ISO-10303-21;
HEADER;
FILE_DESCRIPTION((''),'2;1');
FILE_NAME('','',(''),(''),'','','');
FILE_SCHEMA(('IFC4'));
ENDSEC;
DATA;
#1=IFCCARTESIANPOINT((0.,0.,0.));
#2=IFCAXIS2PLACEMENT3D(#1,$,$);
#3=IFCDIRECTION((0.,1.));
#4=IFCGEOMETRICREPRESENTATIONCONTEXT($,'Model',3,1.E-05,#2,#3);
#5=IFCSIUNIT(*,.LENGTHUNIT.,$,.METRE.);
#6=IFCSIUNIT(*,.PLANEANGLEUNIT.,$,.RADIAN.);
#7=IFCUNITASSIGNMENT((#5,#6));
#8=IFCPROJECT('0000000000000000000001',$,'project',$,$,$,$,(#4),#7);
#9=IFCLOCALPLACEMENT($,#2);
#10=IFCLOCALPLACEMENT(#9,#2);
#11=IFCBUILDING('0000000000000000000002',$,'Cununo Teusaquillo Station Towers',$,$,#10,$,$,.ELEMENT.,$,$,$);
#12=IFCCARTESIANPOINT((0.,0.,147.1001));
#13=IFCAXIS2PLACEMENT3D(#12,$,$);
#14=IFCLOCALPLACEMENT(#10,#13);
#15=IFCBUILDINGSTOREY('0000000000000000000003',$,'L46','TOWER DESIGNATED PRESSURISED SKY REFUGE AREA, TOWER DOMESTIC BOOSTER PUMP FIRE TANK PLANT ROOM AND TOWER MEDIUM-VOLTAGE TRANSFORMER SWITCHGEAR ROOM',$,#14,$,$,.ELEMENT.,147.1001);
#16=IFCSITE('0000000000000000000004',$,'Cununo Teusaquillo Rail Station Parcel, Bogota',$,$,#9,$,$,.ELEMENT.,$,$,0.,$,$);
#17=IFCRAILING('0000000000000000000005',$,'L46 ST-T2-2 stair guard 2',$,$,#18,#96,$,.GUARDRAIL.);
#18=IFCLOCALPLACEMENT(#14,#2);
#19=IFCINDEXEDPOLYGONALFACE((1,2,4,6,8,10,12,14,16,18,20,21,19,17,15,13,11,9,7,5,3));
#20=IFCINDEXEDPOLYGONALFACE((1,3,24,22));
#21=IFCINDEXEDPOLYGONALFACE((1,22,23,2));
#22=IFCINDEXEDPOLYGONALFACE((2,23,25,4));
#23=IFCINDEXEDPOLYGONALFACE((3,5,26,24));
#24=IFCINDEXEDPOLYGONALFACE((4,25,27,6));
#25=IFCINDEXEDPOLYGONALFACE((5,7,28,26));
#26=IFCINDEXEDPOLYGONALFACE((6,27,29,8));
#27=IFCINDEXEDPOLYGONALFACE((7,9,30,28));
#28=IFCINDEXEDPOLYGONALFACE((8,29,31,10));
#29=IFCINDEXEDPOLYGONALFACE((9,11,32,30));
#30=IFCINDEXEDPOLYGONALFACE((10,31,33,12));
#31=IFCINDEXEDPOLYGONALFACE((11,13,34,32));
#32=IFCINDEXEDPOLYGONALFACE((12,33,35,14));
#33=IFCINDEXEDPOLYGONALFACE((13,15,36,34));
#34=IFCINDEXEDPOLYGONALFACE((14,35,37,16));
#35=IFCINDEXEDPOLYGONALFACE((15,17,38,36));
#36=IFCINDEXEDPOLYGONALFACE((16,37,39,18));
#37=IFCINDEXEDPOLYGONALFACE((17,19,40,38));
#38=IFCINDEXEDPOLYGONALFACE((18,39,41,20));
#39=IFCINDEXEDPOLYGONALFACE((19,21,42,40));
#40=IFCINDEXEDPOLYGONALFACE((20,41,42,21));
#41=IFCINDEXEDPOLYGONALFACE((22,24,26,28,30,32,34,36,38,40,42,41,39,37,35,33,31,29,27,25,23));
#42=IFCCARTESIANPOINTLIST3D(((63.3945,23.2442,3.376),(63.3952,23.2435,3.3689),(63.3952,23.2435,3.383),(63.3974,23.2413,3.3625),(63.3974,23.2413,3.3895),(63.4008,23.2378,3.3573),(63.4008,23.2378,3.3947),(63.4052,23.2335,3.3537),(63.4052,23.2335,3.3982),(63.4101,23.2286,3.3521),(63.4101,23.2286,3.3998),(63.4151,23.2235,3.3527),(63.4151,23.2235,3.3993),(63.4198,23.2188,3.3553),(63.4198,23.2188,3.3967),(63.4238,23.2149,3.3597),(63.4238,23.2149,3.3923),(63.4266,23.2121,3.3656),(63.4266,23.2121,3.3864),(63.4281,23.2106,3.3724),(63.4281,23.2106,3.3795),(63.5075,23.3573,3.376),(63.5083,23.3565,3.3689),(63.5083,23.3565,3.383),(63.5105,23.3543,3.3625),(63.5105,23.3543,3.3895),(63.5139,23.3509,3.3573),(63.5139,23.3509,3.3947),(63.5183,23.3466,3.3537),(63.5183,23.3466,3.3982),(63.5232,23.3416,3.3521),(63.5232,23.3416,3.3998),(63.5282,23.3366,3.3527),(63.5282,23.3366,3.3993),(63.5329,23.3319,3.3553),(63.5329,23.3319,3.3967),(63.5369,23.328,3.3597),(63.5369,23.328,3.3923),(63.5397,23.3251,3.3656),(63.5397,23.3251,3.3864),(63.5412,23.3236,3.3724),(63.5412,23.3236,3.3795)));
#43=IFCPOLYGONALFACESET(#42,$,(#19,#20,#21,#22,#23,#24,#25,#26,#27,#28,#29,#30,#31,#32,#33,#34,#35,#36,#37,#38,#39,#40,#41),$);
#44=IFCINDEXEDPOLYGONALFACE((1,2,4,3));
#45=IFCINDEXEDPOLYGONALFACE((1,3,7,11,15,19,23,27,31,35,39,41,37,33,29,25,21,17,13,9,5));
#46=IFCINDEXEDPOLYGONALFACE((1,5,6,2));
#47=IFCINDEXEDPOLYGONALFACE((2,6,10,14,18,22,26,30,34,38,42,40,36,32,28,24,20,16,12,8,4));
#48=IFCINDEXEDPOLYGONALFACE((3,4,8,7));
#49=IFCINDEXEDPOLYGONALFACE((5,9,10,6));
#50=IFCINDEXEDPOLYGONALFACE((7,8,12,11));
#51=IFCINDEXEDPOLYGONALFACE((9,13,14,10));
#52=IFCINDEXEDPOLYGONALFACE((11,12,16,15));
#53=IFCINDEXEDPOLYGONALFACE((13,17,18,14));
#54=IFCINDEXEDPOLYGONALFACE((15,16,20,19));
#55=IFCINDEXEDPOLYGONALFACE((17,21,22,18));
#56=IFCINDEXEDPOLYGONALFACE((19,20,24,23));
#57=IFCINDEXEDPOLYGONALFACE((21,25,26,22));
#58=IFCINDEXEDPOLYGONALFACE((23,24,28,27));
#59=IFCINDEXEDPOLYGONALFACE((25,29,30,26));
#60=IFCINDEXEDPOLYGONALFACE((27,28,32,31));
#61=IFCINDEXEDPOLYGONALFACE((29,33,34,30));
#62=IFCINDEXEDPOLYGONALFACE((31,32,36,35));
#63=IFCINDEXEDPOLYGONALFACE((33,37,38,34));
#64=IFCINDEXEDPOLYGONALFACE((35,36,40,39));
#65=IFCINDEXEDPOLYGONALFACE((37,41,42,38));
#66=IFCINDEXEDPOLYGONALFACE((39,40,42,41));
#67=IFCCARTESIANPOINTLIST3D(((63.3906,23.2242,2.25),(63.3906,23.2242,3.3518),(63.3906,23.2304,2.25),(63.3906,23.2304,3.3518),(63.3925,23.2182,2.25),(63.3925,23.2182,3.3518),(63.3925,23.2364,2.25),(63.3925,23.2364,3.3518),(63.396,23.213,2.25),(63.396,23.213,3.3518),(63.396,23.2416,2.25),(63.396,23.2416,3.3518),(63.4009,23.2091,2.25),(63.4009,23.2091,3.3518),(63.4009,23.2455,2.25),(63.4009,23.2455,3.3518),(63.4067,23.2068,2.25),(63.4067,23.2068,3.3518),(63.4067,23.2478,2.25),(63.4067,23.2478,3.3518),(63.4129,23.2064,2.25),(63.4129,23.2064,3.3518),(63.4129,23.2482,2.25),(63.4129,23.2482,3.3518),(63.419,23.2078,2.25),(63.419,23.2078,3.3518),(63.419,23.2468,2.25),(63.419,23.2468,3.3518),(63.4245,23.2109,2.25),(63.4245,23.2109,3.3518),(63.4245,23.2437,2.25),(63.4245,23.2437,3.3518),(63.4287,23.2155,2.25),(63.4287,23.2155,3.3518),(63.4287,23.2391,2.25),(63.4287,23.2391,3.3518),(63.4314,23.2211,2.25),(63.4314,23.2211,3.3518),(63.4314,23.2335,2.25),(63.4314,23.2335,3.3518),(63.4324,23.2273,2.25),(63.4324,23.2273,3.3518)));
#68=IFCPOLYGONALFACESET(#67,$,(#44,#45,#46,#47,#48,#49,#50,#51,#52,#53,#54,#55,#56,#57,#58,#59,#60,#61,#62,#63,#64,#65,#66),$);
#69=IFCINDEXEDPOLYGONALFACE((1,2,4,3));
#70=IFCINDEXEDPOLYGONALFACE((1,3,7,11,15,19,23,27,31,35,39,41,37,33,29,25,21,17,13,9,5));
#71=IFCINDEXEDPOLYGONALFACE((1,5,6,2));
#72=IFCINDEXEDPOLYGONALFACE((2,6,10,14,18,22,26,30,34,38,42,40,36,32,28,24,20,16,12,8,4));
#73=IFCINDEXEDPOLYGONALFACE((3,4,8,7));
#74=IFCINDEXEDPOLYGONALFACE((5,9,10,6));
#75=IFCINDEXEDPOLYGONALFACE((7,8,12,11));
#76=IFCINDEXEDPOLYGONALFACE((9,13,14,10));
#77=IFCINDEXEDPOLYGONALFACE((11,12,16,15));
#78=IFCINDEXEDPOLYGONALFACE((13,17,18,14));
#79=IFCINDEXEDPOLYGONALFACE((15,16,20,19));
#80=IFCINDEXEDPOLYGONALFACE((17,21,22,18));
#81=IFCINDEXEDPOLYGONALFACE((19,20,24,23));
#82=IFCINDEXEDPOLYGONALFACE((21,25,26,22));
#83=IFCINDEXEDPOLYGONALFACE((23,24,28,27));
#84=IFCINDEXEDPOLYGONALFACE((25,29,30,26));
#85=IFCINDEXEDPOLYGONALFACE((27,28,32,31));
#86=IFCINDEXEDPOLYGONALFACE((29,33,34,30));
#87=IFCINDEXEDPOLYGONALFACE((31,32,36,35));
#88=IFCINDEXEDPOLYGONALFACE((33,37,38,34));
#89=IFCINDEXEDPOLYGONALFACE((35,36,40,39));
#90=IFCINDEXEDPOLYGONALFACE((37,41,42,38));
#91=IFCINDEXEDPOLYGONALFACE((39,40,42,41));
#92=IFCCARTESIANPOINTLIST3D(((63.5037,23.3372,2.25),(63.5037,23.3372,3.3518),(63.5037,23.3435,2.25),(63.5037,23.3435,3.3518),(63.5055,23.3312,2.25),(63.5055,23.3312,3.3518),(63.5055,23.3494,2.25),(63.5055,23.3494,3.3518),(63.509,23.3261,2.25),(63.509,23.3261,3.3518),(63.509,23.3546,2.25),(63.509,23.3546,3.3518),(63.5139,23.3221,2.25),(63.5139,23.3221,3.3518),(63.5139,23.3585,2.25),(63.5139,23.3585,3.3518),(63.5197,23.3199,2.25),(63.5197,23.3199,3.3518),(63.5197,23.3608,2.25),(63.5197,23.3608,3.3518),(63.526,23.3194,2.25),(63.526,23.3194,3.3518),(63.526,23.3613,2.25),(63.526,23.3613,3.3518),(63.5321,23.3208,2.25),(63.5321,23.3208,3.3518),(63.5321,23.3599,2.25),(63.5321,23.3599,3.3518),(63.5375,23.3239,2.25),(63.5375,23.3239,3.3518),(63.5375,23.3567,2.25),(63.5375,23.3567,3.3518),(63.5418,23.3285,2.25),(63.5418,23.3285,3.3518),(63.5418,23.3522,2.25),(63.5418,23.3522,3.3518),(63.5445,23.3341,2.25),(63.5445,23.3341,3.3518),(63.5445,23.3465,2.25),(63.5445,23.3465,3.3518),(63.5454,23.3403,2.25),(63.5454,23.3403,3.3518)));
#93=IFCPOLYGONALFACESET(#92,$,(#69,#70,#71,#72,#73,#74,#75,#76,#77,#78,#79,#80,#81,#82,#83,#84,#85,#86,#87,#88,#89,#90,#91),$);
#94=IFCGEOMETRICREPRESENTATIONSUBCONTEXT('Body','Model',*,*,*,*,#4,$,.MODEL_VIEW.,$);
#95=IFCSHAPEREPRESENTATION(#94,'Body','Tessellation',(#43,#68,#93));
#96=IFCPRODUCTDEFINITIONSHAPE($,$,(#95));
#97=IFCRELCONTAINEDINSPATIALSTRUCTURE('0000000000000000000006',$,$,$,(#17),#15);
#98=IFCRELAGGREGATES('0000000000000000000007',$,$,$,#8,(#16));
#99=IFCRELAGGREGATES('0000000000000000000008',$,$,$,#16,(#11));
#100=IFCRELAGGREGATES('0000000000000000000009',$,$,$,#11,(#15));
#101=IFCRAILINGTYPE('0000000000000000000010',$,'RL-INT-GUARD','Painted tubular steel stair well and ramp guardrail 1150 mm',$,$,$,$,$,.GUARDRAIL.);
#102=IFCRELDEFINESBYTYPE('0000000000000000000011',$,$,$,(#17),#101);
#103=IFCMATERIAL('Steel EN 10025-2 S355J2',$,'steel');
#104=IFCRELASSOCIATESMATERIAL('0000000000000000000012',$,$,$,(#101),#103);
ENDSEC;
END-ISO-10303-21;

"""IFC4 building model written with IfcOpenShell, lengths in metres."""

from ifc_helpers import new_model, si_unit, direction, frame, origin, origin_2d, place, context, subcontext, project, spatial, circle, extrude, material, type_object, element, save


model = new_model("IFC4")

# Units and contexts
model_context = context("Model", 3, precision=1e-05, world=origin(), true_north=direction((0.0, 1.0)))
body_context = subcontext(model_context, "Body", "Model", "MODEL_VIEW")
ifc_project = project(units=[si_unit("LENGTHUNIT", "METRE"), si_unit("PLANEANGLEUNIT", "RADIAN")], contexts=[model_context])

# Site, building, storey
site_placement = place(None, origin())
site = spatial("IfcSite", under=ifc_project, at=site_placement, Name="Cununo Teusaquillo Rail Station Parcel, Bogota", CompositionType="ELEMENT", RefElevation=0.0)
building_placement = place(site_placement, origin())
building = spatial("IfcBuilding", under=site, at=building_placement, Name="Cununo Teusaquillo Station Towers", CompositionType="ELEMENT")
storey_placement = place(building_placement, frame((0.0, 0.0, 147.1001)))
storey = spatial("IfcBuildingStorey", under=building, at=storey_placement, Name="L46", Description="TOWER DESIGNATED PRESSURISED SKY REFUGE AREA, TOWER DOMESTIC BOOSTER PUMP FIRE TANK PLANT ROOM AND TOWER MEDIUM-VOLTAGE TRANSFORMER SWITCHGEAR ROOM", CompositionType="ELEMENT", Elevation=147.1001)

# Railing
ifc_material_1 = material(Name="Steel EN 10025-2 S355J2", Category="steel")
railing_type_1 = type_object("IfcRailingType", Name="RL-INT-GUARD", Description="Painted tubular steel stair well and ramp guardrail 1150 mm", PredefinedType="GUARDRAIL", material=ifc_material_1)
railing_1_placement = place(storey_placement, frame((63.4114, 23.2273, 2.25)))
element("IfcRailing", 1, at=railing_1_placement, inside=storey, type_object=railing_type_1, Name="L46 ST-T2-2 stair guard 2", PredefinedType="GUARDRAIL", context=body_context, shape_type="SweptSolid", body=[
    extrude(circle(Radius=0.0239, at=origin_2d()), frame((0.0, 0.0, 1.126), z_axis=(0.707107, 0.707107, 0.0), x_axis=(-0.707107, 0.707107, 0.0)), (0.0, 0.0, 1.0), 0.1599),
    extrude(circle(Radius=0.021, at=origin_2d()), origin(), (0.0, 0.0, 1.0), 1.1018),
    extrude(circle(Radius=0.021, at=origin_2d()), frame((0.113, 0.113, 0.0)), (0.0, 0.0, 1.0), 1.1018),
])

save(model, "model.ifc")
